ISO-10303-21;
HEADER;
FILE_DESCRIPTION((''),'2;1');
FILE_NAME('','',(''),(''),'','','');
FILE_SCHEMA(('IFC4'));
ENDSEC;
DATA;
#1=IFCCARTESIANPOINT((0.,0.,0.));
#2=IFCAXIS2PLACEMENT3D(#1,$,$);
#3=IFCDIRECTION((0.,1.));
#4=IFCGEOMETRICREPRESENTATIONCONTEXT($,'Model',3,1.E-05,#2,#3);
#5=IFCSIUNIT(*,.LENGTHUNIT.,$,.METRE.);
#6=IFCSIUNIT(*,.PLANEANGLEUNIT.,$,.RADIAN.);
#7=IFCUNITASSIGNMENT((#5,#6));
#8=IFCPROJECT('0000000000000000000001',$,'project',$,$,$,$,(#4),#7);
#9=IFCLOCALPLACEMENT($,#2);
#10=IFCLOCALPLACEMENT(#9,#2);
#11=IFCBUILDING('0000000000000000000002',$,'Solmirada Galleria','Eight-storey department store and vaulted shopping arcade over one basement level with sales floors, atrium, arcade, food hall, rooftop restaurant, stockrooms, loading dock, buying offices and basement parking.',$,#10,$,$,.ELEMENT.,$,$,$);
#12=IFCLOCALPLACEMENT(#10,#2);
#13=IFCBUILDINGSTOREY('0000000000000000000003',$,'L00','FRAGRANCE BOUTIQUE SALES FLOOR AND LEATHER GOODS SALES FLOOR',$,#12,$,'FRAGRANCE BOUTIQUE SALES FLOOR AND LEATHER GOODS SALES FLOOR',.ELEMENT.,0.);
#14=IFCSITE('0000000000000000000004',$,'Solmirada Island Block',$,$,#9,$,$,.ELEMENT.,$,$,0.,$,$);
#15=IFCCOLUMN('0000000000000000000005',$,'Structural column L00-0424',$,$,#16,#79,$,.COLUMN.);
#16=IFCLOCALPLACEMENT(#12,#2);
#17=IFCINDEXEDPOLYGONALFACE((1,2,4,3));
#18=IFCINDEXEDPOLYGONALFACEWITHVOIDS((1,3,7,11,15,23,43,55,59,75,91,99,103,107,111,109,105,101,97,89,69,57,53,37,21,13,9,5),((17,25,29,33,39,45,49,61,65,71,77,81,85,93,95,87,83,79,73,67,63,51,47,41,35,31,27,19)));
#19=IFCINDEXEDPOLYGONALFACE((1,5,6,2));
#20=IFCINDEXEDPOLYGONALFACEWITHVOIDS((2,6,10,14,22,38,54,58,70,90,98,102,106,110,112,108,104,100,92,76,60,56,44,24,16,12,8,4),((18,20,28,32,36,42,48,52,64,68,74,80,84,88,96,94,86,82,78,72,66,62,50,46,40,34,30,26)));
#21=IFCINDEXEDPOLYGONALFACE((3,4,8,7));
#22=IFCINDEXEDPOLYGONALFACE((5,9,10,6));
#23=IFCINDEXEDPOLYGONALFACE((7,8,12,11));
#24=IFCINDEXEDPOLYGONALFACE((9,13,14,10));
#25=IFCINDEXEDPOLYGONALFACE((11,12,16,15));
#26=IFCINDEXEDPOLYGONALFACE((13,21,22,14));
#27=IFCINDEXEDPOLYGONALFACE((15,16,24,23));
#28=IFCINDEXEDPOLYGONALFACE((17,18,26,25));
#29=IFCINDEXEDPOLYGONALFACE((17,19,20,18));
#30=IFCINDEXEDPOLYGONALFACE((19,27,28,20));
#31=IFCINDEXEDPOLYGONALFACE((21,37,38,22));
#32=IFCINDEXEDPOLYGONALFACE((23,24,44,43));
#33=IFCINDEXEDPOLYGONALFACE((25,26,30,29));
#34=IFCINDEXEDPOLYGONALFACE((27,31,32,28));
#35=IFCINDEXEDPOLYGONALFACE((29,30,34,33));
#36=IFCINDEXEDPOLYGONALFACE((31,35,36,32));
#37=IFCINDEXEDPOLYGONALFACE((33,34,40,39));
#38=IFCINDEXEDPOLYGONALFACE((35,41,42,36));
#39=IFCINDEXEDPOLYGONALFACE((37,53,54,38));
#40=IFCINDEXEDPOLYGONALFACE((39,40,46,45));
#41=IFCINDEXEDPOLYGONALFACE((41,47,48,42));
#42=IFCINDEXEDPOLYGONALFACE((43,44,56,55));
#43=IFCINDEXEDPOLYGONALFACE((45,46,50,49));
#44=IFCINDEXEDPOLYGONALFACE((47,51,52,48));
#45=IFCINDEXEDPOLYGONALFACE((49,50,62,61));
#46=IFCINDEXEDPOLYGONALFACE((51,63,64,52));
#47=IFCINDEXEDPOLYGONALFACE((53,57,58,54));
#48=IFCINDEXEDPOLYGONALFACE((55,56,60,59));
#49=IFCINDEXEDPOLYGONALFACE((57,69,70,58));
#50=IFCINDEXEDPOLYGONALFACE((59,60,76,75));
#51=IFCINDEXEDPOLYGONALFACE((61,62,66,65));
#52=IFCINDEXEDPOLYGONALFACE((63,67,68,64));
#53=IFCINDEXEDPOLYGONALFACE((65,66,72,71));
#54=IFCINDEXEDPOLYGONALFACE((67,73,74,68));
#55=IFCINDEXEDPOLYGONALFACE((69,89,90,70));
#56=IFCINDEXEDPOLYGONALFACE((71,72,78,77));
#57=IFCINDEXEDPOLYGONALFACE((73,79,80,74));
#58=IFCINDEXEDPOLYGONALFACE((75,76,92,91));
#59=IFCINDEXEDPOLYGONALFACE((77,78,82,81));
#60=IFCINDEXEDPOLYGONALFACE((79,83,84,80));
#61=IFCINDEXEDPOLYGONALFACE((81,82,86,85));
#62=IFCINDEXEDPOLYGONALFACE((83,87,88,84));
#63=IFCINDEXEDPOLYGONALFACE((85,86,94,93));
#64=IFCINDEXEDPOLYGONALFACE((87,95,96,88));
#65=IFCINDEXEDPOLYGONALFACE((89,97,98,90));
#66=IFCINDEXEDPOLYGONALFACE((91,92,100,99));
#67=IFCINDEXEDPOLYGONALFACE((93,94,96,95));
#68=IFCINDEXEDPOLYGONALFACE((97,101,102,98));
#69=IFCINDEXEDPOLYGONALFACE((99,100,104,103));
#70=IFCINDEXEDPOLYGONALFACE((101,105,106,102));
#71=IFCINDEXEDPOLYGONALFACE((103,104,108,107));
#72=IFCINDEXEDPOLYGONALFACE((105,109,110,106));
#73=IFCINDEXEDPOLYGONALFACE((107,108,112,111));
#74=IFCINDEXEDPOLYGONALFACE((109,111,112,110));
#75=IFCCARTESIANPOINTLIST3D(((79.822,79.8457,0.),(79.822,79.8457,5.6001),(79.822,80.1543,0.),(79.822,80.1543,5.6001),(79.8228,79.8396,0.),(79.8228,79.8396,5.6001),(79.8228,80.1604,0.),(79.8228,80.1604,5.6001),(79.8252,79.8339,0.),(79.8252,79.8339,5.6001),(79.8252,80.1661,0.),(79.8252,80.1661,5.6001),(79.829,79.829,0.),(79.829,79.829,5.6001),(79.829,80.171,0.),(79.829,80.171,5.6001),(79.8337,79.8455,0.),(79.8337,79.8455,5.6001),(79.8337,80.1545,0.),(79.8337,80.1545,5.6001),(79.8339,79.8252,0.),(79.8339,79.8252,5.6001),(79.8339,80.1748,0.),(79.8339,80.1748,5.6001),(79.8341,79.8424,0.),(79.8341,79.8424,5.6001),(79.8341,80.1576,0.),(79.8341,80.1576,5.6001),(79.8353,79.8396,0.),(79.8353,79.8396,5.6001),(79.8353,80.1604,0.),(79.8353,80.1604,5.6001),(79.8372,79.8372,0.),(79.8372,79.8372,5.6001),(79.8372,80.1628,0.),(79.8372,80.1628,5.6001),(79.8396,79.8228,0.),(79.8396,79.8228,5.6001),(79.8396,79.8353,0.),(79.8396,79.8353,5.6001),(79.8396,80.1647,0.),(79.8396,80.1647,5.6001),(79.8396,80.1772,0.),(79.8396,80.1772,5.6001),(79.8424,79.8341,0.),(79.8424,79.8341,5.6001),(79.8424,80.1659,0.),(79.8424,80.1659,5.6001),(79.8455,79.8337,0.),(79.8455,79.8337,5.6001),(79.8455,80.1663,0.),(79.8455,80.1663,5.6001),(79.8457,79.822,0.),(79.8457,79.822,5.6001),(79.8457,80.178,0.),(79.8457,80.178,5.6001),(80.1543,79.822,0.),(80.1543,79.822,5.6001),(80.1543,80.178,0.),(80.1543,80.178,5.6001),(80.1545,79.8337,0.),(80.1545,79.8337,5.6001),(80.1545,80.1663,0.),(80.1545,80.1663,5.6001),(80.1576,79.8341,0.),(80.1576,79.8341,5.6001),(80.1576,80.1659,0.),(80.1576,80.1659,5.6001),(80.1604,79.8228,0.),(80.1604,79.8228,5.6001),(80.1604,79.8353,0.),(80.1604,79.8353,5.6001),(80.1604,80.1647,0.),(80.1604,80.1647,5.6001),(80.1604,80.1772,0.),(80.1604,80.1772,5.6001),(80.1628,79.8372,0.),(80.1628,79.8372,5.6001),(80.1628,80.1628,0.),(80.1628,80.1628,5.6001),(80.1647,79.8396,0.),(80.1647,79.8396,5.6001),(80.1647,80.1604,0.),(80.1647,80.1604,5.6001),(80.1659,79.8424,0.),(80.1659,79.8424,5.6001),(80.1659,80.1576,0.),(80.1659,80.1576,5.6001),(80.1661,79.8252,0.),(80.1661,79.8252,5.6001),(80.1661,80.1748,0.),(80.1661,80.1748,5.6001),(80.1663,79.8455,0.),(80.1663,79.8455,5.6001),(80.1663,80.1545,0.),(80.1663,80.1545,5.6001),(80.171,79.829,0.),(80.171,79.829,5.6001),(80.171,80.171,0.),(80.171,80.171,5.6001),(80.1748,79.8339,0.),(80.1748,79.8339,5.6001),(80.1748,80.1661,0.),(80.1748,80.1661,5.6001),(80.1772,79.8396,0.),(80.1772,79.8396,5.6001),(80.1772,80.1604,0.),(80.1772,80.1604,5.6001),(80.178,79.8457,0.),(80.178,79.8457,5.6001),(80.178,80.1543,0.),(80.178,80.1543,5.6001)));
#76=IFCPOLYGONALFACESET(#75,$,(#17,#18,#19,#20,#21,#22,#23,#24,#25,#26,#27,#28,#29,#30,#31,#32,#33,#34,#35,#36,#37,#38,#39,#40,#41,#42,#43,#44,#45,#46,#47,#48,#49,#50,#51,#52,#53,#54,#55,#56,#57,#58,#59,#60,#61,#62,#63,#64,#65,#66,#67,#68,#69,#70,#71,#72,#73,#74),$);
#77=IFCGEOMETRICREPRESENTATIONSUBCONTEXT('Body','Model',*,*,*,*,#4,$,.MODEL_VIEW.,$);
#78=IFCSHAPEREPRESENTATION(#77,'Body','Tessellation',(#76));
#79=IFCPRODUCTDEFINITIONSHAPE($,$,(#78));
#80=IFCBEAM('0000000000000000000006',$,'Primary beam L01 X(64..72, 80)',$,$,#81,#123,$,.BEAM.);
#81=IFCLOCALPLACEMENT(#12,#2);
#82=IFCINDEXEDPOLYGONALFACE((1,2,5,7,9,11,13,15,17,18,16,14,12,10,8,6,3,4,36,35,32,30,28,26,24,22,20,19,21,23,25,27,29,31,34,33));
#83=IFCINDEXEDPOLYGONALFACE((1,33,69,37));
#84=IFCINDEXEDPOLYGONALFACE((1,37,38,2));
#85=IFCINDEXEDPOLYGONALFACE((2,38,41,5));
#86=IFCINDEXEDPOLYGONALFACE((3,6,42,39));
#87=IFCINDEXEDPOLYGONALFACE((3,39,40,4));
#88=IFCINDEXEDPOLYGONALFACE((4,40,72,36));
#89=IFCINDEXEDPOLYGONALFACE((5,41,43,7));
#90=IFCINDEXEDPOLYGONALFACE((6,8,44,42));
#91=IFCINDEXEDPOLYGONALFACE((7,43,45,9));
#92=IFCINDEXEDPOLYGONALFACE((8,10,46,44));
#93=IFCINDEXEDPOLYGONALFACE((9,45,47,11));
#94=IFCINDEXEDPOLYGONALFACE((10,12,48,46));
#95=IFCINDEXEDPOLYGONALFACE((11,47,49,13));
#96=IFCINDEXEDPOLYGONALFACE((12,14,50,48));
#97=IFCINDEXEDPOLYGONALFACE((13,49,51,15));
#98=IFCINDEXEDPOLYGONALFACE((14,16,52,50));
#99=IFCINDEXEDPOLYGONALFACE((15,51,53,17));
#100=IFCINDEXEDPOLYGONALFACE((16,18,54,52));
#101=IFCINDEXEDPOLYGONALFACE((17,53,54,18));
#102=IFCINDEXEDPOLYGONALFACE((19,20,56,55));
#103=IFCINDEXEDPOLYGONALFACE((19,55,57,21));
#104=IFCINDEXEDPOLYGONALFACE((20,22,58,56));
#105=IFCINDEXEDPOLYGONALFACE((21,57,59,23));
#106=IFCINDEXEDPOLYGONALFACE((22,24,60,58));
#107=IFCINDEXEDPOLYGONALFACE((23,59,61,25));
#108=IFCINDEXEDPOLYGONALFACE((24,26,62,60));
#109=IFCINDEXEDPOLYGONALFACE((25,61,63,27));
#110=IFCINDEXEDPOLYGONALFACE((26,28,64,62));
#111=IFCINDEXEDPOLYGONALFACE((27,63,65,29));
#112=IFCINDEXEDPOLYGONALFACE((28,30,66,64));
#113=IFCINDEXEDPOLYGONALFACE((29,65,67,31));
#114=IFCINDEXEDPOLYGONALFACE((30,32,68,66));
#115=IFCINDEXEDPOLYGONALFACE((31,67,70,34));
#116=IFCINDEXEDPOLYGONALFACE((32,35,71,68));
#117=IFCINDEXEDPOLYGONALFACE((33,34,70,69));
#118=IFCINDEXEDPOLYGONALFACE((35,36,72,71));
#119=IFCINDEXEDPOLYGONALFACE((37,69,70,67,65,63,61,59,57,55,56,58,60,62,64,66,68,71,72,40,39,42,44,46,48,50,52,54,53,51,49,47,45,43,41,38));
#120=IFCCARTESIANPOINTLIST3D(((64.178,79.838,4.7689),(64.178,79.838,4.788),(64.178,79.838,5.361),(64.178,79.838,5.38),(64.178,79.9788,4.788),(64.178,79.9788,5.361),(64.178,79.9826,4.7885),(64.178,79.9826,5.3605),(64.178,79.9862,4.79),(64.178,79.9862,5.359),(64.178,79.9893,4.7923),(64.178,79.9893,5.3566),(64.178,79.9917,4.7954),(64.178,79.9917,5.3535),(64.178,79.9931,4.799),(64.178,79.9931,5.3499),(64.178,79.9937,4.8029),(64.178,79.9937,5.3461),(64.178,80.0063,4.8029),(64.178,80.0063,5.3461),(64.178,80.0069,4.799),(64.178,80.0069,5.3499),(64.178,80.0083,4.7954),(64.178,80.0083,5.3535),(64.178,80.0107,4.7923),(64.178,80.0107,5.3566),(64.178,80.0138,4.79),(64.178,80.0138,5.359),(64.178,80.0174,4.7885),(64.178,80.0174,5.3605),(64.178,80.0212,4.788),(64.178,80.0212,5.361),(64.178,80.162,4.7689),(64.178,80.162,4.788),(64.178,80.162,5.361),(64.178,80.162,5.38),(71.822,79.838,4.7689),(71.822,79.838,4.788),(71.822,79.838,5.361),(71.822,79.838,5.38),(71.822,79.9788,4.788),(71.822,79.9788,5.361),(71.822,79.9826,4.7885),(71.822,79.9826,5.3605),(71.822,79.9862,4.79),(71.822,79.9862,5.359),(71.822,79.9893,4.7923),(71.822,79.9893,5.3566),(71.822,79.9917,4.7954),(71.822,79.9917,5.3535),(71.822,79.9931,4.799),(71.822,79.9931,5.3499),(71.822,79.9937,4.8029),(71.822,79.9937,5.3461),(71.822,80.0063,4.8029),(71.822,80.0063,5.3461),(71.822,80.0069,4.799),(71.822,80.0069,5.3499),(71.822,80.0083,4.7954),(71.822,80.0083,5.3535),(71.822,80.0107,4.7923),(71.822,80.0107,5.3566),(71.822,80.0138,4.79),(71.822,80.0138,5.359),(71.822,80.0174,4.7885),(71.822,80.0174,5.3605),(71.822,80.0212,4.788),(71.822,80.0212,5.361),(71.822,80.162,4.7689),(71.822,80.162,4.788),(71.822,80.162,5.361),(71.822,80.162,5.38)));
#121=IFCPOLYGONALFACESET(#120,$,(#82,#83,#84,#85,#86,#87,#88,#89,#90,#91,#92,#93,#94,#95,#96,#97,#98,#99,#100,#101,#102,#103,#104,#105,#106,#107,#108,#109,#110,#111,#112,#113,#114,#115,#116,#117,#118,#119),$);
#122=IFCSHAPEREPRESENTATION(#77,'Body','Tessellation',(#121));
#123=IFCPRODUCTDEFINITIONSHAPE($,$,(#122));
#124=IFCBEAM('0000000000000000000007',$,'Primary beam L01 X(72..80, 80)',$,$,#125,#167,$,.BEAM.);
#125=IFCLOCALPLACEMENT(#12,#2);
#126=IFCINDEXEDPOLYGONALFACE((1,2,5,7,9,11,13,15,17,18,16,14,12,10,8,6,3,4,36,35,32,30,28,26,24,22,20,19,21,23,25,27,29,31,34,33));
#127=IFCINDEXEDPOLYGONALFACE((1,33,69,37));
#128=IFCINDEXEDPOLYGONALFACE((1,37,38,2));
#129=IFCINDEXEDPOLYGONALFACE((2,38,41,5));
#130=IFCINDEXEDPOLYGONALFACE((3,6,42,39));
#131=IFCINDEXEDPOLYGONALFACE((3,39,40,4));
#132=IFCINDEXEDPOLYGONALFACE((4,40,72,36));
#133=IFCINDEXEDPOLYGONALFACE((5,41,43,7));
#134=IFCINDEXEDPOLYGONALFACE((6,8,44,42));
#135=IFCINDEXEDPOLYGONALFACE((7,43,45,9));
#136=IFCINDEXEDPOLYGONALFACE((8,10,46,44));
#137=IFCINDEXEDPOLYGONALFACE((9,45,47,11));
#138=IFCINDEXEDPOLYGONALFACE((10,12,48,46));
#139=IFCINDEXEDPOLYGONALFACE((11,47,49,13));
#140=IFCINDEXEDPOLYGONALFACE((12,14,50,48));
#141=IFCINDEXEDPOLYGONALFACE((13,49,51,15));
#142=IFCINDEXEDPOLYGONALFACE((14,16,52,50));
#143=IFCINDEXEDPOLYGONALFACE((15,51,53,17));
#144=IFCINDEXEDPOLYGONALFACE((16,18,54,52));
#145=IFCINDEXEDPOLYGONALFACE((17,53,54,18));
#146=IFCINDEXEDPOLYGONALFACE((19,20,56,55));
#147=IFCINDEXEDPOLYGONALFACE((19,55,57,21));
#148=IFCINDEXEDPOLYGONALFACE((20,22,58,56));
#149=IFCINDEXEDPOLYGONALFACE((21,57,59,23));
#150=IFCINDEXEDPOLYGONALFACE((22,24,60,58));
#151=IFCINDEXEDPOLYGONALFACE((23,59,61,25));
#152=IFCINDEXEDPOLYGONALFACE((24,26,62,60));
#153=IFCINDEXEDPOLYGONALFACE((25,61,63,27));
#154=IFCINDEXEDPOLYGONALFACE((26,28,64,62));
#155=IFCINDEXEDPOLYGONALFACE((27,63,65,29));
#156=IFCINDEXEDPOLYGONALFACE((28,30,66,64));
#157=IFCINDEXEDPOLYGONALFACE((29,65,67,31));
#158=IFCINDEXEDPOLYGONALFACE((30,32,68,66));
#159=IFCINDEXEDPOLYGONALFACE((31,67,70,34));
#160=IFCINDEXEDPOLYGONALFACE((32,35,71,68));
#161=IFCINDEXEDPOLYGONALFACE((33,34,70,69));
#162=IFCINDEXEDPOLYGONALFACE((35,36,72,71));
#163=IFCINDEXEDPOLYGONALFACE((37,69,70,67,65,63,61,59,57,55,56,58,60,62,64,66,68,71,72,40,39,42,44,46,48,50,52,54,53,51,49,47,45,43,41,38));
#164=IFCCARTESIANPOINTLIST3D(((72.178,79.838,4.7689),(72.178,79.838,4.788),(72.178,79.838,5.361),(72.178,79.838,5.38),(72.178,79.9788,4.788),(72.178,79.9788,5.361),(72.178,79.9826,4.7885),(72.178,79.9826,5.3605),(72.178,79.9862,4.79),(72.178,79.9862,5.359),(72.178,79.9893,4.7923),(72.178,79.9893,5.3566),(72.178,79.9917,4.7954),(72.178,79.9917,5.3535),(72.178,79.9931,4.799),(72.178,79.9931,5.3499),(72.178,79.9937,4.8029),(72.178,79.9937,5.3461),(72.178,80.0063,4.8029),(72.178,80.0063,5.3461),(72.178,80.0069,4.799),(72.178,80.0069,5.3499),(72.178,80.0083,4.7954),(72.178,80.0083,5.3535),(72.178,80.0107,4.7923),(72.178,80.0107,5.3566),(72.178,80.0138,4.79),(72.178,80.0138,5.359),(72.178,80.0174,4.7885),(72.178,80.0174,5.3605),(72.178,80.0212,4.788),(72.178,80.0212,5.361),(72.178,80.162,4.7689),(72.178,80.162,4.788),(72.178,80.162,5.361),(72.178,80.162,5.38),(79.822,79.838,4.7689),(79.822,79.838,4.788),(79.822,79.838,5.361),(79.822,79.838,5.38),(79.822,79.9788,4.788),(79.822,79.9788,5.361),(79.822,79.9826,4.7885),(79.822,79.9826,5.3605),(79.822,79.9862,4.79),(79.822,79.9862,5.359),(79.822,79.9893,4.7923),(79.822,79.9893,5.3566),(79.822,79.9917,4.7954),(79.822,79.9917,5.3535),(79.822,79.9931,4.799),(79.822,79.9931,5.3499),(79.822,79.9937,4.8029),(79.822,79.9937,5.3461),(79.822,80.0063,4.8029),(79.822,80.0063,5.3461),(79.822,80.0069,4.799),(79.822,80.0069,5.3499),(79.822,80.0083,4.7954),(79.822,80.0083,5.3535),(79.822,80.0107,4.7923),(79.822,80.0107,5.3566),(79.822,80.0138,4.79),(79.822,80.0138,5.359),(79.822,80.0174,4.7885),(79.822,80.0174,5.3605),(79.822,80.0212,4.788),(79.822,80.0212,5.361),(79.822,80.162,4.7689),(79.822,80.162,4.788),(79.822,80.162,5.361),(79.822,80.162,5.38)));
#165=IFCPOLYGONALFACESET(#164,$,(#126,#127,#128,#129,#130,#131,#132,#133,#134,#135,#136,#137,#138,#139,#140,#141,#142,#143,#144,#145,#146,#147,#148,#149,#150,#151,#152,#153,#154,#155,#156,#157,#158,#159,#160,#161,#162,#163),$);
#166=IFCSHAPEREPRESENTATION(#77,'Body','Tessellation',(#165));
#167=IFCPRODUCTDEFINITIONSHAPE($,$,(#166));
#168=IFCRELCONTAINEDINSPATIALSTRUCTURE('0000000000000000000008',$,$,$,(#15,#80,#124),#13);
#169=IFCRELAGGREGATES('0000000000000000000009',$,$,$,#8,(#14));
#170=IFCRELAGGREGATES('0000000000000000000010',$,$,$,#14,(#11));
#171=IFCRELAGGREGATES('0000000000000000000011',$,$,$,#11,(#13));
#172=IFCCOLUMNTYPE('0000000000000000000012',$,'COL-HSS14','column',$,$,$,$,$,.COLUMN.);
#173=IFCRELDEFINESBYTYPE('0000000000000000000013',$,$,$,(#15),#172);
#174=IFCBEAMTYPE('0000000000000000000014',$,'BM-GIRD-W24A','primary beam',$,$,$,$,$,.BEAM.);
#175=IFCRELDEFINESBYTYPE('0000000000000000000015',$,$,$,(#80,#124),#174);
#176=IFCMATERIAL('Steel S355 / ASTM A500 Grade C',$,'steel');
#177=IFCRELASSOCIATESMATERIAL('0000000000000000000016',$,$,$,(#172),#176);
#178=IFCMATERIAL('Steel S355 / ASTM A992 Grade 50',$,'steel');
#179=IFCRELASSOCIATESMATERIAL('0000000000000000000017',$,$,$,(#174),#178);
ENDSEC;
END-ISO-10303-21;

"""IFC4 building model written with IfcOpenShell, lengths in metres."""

from ifc_helpers import new_model, si_unit, direction, frame, origin, origin_2d, place, context, subcontext, project, spatial, hollow_rectangle, i_section, extrude, material, material_profile, profile_set, type_object, element, save


model = new_model("IFC4")

# Units and contexts
model_context = context("Model", 3, precision=1e-05, world=origin(), true_north=direction((0.0, 1.0)))
body_context = subcontext(model_context, "Body", "Model", "MODEL_VIEW")
ifc_project = project(units=[si_unit("LENGTHUNIT", "METRE"), si_unit("PLANEANGLEUNIT", "RADIAN")], contexts=[model_context])

# Site, building, storey
site_placement = place(None, origin())
site = spatial("IfcSite", under=ifc_project, at=site_placement, Name="Solmirada Island Block", CompositionType="ELEMENT", RefElevation=0.0)
building_placement = place(site_placement, origin())
building = spatial("IfcBuilding", under=site, at=building_placement, Name="Solmirada Galleria", Description="Eight-storey department store and vaulted shopping arcade over one basement level with sales floors, atrium, arcade, food hall, rooftop restaurant, stockrooms, loading dock, buying offices and basement parking.", CompositionType="ELEMENT")
storey_placement = place(building_placement, origin())
storey = spatial("IfcBuildingStorey", under=building, at=storey_placement, Name="L00", Description="FRAGRANCE BOUTIQUE SALES FLOOR AND LEATHER GOODS SALES FLOOR", LongName="FRAGRANCE BOUTIQUE SALES FLOOR AND LEATHER GOODS SALES FLOOR", CompositionType="ELEMENT", Elevation=0.0)

# Column
ifc_material_1 = material(Name="Steel S355 / ASTM A500 Grade C", Category="steel")
ifc_material_profile_1 = material_profile(ifc_material_1, hollow_rectangle(XDim=0.356, YDim=0.356, WallThickness=0.0117, InnerFilletRadius=0.0117, OuterFilletRadius=0.0237, at=origin_2d()), Name="HSS14X14X1/2")
ifc_profile_set_1 = profile_set([ifc_material_profile_1], Name="Steel S355 / ASTM A500 Grade C")
column_type_1 = type_object("IfcColumnType", Name="COL-HSS14", Description="column", PredefinedType="COLUMN", material=ifc_profile_set_1)
for number, where, z_axis, x_axis, name in (
    (1, (80.0, 80.0, 0.0), (0.0, 0.0, 1.0), (1.0, 0.0, 0.0), "Structural column L00-0424"),
):
    element("IfcColumn", number, at=place(storey_placement, frame(where, z_axis=z_axis, x_axis=x_axis)), inside=storey, type_object=column_type_1, Name=name, PredefinedType="COLUMN", context=body_context, shape_type="SweptSolid", body=[
        extrude(hollow_rectangle(XDim=0.356, YDim=0.356, WallThickness=0.0117, InnerFilletRadius=0.0117, OuterFilletRadius=0.0237, at=origin_2d()), origin(), (0.0, 0.0, 1.0), 5.6001),
    ])

# Beams
ifc_material_2 = material(Name="Steel S355 / ASTM A992 Grade 50", Category="steel")
ifc_material_profile_2 = material_profile(ifc_material_2, i_section(OverallWidth=0.324, OverallDepth=0.6111, WebThickness=0.0127, FlangeThickness=0.019, FilletRadius=0.0149, at=origin_2d()), Name="W24X104")
ifc_profile_set_2 = profile_set([ifc_material_profile_2], Name="Steel S355 / ASTM A992 Grade 50")
beam_type_1 = type_object("IfcBeamType", Name="BM-GIRD-W24A", Description="primary beam", PredefinedType="BEAM", material=ifc_profile_set_2)
for number, where, z_axis, x_axis, name in (
    (2, (64.178, 80.0, 5.0745), (1.0, 0.0, 0.0), (0.0, 1.0, 0.0), "Primary beam L01 X(64..72, 80)"),
    (3, (72.178, 80.0, 5.0745), (1.0, 0.0, 0.0), (0.0, 1.0, 0.0), "Primary beam L01 X(72..80, 80)"),
):
    element("IfcBeam", number, at=place(storey_placement, frame(where, z_axis=z_axis, x_axis=x_axis)), inside=storey, type_object=beam_type_1, Name=name, PredefinedType="BEAM", context=body_context, shape_type="SweptSolid", body=[
        extrude(i_section(OverallWidth=0.324, OverallDepth=0.6111, WebThickness=0.0127, FlangeThickness=0.019, FilletRadius=0.0149, at=origin_2d()), origin(), (0.0, 0.0, 1.0), 7.644),
    ])

save(model, "model.ifc")
